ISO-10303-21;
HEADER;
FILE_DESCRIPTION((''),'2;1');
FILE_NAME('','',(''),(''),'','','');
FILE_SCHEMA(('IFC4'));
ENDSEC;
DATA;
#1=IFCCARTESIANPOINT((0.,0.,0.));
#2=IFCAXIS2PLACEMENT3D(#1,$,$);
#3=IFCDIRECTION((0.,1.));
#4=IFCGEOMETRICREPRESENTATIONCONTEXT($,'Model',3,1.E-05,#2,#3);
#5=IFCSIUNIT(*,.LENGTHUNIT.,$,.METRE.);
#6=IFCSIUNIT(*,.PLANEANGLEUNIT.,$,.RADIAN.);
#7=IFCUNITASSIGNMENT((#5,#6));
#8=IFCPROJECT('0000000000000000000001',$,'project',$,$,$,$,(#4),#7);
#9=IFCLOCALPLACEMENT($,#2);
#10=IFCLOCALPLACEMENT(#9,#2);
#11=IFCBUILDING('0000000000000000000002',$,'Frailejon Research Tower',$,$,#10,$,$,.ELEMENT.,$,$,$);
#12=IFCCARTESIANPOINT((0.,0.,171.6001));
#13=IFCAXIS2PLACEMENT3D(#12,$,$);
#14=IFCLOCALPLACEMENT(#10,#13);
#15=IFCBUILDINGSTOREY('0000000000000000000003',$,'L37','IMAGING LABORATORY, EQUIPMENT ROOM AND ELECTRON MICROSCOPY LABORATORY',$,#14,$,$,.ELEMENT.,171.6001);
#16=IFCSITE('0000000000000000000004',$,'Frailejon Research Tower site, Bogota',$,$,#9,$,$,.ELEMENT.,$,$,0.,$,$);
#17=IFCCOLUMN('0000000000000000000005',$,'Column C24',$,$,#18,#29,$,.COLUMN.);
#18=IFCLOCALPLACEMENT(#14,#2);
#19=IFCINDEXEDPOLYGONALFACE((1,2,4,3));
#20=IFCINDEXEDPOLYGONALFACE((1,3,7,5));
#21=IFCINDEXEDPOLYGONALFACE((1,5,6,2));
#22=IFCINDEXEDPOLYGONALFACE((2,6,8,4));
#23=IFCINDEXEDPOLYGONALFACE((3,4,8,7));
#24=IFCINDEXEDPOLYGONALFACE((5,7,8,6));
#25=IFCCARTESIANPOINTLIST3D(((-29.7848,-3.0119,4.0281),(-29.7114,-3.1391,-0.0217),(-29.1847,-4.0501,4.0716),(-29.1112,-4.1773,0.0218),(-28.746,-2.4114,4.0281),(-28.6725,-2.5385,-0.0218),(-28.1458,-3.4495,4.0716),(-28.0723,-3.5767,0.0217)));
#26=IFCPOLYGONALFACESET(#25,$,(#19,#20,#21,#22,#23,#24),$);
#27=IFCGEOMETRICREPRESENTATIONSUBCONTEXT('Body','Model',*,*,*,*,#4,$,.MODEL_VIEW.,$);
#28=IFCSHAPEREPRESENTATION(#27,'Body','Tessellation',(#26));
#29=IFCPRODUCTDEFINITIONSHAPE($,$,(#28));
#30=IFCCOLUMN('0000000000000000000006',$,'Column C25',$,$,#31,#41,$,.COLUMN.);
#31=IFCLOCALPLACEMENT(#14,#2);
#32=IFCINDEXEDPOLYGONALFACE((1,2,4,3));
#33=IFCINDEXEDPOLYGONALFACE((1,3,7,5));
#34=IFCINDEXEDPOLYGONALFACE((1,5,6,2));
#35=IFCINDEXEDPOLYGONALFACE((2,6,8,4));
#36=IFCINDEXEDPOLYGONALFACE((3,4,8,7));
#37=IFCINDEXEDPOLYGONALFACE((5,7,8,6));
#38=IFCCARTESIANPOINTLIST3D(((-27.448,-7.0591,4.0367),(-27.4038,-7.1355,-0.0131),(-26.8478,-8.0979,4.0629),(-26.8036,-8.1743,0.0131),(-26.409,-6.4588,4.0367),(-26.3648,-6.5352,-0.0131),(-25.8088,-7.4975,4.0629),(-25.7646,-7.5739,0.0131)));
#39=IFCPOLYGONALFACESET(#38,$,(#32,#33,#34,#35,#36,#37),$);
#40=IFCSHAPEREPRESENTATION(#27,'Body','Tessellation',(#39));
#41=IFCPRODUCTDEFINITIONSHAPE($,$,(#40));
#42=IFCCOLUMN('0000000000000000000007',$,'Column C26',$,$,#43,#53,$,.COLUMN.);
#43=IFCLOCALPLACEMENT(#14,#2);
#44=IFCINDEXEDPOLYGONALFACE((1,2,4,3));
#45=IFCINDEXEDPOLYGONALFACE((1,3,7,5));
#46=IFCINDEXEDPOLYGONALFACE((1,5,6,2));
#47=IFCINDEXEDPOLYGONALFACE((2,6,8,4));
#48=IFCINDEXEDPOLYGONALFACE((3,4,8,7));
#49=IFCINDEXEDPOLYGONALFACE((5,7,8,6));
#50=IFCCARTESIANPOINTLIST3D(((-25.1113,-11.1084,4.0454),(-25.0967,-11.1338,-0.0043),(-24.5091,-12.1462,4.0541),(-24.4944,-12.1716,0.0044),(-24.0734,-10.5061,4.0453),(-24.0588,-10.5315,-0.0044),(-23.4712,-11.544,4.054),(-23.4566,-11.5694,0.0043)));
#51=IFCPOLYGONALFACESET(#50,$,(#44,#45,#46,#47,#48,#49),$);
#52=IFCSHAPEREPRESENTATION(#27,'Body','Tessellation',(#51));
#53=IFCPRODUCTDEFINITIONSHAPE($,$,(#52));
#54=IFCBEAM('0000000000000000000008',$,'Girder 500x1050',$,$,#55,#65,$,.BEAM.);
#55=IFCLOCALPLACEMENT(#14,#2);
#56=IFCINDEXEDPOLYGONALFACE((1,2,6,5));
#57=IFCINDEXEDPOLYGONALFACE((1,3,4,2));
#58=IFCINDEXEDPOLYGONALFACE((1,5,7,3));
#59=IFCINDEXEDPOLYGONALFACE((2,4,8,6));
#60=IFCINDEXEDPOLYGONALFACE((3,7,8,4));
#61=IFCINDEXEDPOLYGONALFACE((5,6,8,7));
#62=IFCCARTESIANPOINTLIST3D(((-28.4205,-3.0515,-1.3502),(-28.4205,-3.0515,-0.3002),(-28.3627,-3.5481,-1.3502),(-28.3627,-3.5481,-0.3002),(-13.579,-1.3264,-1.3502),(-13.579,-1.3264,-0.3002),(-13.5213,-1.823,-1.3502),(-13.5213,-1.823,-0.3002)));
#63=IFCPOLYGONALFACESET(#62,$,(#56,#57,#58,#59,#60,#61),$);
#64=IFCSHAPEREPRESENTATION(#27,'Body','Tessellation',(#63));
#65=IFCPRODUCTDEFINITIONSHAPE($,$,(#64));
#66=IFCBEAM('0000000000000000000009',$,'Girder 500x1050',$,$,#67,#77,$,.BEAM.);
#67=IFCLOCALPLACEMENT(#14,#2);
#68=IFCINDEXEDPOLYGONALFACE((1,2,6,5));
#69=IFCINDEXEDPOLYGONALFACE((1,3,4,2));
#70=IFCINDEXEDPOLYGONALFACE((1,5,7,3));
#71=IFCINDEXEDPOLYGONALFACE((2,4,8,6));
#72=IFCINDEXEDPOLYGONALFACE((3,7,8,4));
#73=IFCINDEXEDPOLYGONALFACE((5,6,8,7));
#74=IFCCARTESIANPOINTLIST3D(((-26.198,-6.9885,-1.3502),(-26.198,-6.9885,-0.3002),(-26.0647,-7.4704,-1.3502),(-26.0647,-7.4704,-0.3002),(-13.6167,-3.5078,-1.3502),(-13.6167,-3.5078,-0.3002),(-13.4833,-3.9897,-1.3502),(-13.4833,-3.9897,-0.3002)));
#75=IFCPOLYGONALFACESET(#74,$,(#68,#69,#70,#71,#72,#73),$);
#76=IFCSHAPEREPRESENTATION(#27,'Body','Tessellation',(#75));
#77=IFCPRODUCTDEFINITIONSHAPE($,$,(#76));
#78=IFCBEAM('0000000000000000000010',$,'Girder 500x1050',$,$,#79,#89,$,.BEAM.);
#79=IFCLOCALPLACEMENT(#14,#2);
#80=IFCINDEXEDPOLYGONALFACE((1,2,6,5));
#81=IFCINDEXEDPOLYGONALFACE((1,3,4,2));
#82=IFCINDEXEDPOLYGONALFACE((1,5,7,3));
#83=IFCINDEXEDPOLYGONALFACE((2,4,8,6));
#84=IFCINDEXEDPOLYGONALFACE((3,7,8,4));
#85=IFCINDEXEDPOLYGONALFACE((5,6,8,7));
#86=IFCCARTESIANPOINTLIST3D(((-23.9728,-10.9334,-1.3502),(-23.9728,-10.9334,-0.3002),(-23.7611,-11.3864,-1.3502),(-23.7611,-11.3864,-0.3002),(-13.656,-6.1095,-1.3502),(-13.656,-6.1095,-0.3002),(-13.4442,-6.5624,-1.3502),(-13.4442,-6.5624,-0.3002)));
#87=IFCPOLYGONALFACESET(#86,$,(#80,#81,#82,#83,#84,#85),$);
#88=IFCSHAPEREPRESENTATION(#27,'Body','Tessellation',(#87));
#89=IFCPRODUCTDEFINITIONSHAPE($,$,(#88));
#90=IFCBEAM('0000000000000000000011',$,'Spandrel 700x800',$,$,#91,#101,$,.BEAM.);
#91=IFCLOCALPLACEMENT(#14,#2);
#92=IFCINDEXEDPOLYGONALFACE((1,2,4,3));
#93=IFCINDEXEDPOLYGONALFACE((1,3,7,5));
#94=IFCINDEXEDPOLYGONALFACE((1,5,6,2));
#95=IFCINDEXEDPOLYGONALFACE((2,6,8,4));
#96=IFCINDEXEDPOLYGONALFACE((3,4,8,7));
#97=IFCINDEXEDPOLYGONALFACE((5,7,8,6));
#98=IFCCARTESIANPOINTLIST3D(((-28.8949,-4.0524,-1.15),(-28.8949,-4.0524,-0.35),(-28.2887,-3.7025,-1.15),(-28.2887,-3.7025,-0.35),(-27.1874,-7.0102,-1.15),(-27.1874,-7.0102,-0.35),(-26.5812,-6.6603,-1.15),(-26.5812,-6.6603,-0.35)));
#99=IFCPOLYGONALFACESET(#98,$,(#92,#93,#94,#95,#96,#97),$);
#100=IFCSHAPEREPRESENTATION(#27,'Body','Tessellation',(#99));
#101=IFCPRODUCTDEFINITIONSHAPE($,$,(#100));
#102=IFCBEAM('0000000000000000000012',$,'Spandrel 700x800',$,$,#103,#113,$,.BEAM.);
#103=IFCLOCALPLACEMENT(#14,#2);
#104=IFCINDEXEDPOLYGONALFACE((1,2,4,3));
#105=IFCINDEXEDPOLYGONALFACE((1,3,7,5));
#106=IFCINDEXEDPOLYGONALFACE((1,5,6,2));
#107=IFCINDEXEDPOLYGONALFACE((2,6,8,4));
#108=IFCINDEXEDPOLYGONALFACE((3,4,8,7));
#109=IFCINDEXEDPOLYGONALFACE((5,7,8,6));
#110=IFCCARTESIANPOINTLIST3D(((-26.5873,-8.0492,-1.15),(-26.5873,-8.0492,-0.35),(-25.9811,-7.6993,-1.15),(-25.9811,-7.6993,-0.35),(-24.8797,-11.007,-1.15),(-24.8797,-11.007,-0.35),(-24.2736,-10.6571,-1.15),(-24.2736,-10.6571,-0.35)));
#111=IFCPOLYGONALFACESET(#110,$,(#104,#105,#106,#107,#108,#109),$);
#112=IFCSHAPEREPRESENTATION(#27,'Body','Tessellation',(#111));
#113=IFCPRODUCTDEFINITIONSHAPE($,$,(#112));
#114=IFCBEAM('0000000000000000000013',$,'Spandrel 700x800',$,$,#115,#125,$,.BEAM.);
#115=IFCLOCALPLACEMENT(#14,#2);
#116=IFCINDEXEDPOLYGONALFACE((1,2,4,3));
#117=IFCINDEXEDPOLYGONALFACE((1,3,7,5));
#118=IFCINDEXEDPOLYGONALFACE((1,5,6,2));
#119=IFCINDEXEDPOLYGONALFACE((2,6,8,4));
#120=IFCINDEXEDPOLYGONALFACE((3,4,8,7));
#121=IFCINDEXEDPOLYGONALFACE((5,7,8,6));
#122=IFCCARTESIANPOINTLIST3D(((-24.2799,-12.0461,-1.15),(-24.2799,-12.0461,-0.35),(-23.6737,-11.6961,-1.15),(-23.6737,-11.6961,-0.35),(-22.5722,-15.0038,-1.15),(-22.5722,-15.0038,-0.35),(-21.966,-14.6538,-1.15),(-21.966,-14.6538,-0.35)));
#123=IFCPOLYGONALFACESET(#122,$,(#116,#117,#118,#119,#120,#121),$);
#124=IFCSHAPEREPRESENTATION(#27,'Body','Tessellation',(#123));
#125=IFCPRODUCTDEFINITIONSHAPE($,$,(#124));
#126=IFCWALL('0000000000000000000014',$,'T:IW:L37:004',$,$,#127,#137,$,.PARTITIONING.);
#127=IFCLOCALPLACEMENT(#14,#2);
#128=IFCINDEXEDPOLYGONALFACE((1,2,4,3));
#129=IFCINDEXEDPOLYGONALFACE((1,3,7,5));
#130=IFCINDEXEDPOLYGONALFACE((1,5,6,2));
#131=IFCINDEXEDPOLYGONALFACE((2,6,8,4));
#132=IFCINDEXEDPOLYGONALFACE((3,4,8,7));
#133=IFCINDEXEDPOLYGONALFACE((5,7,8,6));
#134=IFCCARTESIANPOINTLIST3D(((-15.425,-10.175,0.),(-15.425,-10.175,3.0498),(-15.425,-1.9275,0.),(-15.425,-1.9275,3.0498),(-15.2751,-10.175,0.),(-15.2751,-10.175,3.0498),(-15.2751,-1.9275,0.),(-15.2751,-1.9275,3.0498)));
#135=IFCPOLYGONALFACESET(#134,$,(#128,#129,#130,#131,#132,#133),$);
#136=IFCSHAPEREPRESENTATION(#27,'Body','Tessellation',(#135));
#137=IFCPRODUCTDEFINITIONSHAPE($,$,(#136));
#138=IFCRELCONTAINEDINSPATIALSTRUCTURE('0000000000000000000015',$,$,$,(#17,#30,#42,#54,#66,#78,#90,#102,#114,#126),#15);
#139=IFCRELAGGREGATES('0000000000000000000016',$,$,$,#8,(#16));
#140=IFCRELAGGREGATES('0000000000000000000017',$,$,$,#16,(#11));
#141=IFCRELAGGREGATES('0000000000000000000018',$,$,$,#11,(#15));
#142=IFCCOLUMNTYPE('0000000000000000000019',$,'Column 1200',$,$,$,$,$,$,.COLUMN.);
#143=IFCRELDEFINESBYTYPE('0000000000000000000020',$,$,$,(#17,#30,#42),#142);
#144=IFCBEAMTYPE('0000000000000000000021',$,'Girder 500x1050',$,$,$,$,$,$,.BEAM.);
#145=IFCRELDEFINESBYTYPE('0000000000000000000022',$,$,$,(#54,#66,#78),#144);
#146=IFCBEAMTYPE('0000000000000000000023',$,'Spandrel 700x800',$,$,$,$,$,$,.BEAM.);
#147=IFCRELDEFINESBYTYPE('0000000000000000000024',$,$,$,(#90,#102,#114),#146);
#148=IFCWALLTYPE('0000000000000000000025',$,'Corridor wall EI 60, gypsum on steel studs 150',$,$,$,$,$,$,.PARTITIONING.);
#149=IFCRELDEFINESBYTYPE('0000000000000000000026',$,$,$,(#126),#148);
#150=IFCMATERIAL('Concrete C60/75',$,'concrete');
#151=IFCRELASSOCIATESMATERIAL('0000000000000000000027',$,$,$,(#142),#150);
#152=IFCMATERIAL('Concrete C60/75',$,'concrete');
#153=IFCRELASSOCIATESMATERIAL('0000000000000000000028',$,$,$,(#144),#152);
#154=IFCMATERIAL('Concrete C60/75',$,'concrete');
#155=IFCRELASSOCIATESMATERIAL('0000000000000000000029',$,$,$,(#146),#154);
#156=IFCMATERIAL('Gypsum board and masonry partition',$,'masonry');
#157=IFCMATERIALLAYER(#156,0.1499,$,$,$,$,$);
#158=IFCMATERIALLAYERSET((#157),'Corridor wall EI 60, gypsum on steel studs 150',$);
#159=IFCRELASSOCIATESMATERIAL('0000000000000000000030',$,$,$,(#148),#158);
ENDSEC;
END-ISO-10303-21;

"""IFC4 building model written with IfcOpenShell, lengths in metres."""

from ifc_helpers import new_model, si_unit, direction, frame, frame_2d, origin, origin_2d, place, context, subcontext, project, spatial, rectangle, extrude, material, layer, layer_set, material_profile, profile_set, type_object, element, save


model = new_model("IFC4")

# Units and contexts
model_context = context("Model", 3, precision=1e-05, world=origin(), true_north=direction((0.0, 1.0)))
body_context = subcontext(model_context, "Body", "Model", "MODEL_VIEW")
ifc_project = project(units=[si_unit("LENGTHUNIT", "METRE"), si_unit("PLANEANGLEUNIT", "RADIAN")], contexts=[model_context])

# Site, building, storey
site_placement = place(None, origin())
site = spatial("IfcSite", under=ifc_project, at=site_placement, Name="Frailejon Research Tower site, Bogota", CompositionType="ELEMENT", RefElevation=0.0)
building_placement = place(site_placement, origin())
building = spatial("IfcBuilding", under=site, at=building_placement, Name="Frailejon Research Tower", CompositionType="ELEMENT")
storey_placement = place(building_placement, frame((0.0, 0.0, 171.6001)))
storey = spatial("IfcBuildingStorey", under=building, at=storey_placement, Name="L37", Description="IMAGING LABORATORY, EQUIPMENT ROOM AND ELECTRON MICROSCOPY LABORATORY", CompositionType="ELEMENT", Elevation=171.6001)

# Columns
ifc_material_1 = material(Name="Concrete C60/75", Category="concrete")
ifc_material_profile_1 = material_profile(ifc_material_1, rectangle(XDim=1.2, YDim=1.2, at=origin_2d()), Name="Column 1200")
ifc_profile_set_1 = profile_set([ifc_material_profile_1], Name="Concrete C60/75")
column_type = type_object("IfcColumnType", Name="Column 1200", PredefinedType="COLUMN", material=ifc_profile_set_1)
column_1_placement = place(storey_placement, frame((-28.8918, -3.3579, 0.0), z_axis=(-0.018134, 0.031388, 0.999343), x_axis=(0.500145, -0.865183, 0.036249)))
element("IfcColumn", 1, at=column_1_placement, inside=storey, type_object=column_type, Name="Column C24", PredefinedType="COLUMN", context=body_context, shape_type="SweptSolid", body=[
    extrude(rectangle(XDim=1.2, YDim=1.2, at=origin_2d()), origin(), (0.0, 0.0, 1.0), 4.0525),
])
column_2_placement = place(storey_placement, frame((-26.5842, -7.3547, 0.0), z_axis=(-0.010909, 0.018865, 0.999763), x_axis=(0.500187, -0.865643, 0.021792)))
element("IfcColumn", 2, at=column_2_placement, inside=storey, type_object=column_type, Name="Column C25", PredefinedType="COLUMN", context=body_context, shape_type="SweptSolid", body=[
    extrude(rectangle(XDim=1.2, YDim=1.2, at=origin_2d()), origin(), (0.0, 0.0, 1.0), 4.0508),
])
column_3_placement = place(storey_placement, frame((-24.2766, -11.3516, 0.0), z_axis=(-0.003617, 0.006269, 0.999974), x_axis=(0.501883, -0.864905, 0.007238)))
element("IfcColumn", 3, at=column_3_placement, inside=storey, type_object=column_type, Name="Column C26", PredefinedType="COLUMN", context=body_context, shape_type="SweptSolid", body=[
    extrude(rectangle(XDim=1.2, YDim=1.2, at=origin_2d()), origin(), (0.0, 0.0, 1.0), 4.0498),
])

# Beams
ifc_material_2 = material(Name="Concrete C60/75", Category="concrete")
ifc_material_profile_2 = material_profile(ifc_material_2, rectangle(XDim=0.5, YDim=1.05, at=origin_2d()), Name="Girder 500x1050")
ifc_profile_set_2 = profile_set([ifc_material_profile_2], Name="Concrete C60/75")
beam_type_1 = type_object("IfcBeamType", Name="Girder 500x1050", PredefinedType="BEAM", material=ifc_profile_set_2)
beam_1_placement = place(storey_placement, frame((-28.3916, -3.2998, -0.8252), z_axis=(0.993312, 0.115457, 0.0), x_axis=(-0.115457, 0.993312, 0.0)))
element("IfcBeam", 4, at=beam_1_placement, inside=storey, type_object=beam_type_1, Name="Girder 500x1050", PredefinedType="BEAM", context=body_context, shape_type="SweptSolid", body=[
    extrude(rectangle(XDim=0.5, YDim=1.05, at=origin_2d()), origin(), (0.0, 0.0, 1.0), 14.9414),
])
beam_2_placement = place(storey_placement, frame((-26.1313, -7.2295, -0.8252), z_axis=(0.963796, 0.266642, 0.0), x_axis=(-0.266642, 0.963796, 0.0)))
element("IfcBeam", 5, at=beam_2_placement, inside=storey, type_object=beam_type_1, Name="Girder 500x1050", PredefinedType="BEAM", context=body_context, shape_type="SweptSolid", body=[
    extrude(rectangle(XDim=0.5, YDim=1.05, at=origin_2d()), origin(), (0.0, 0.0, 1.0), 13.054),
])
beam_3_placement = place(storey_placement, frame((-23.8669, -11.1599, -0.8252), z_axis=(0.905866, 0.423565, 0.0), x_axis=(-0.423565, 0.905866, 0.0)))
element("IfcBeam", 6, at=beam_3_placement, inside=storey, type_object=beam_type_1, Name="Girder 500x1050", PredefinedType="BEAM", context=body_context, shape_type="SweptSolid", body=[
    extrude(rectangle(XDim=0.5, YDim=1.05, at=origin_2d()), origin(), (0.0, 0.0, 1.0), 11.3889),
])
ifc_material_3 = material(Name="Concrete C60/75", Category="concrete")
ifc_material_profile_3 = material_profile(ifc_material_3, rectangle(XDim=0.7, YDim=0.8, at=origin_2d()), Name="Spandrel 700x800")
ifc_profile_set_3 = profile_set([ifc_material_profile_3], Name="Concrete C60/75")
beam_type_2 = type_object("IfcBeamType", Name="Spandrel 700x800", PredefinedType="BEAM", material=ifc_profile_set_3)
for number, where, z_axis, x_axis, name in (
    (7, (-28.5918, -3.8774, -0.75), (0.499968, -0.866044, 0.0), (0.866044, 0.499968, 0.0), "Spandrel 700x800"),
    (8, (-26.2842, -7.8743, -0.75), (0.499968, -0.866044, 0.0), (0.866044, 0.499968, 0.0), "Spandrel 700x800"),
    (9, (-23.9768, -11.8711, -0.75), (0.500022, -0.866013, 0.0), (0.866013, 0.500022, 0.0), "Spandrel 700x800"),
):
    element("IfcBeam", number, at=place(storey_placement, frame(where, z_axis=z_axis, x_axis=x_axis)), inside=storey, type_object=beam_type_2, Name=name, PredefinedType="BEAM", context=body_context, shape_type="SweptSolid", body=[
        extrude(rectangle(XDim=0.7, YDim=0.8, at=origin_2d()), origin(), (0.0, 0.0, 1.0), 3.4153),
    ])

# Wall
ifc_material_4 = material(Name="Gypsum board and masonry partition", Category="masonry")
ifc_layer_1 = layer(ifc_material_4, 0.1499)
ifc_layer_set_1 = layer_set([ifc_layer_1], Name="Corridor wall EI 60, gypsum on steel studs 150")
wall_type_1 = type_object("IfcWallType", Name="Corridor wall EI 60, gypsum on steel studs 150", PredefinedType="PARTITIONING", material=ifc_layer_set_1)
wall_1_placement = place(storey_placement, frame((-15.3501, -10.175, 0.0), z_axis=(0.0, 0.0, 1.0), x_axis=(0.0, 1.0, 0.0)))
element("IfcWall", 10, at=wall_1_placement, inside=storey, type_object=wall_type_1, Name="T:IW:L37:004", PredefinedType="PARTITIONING", context=body_context, shape_type="SweptSolid", body=[
    extrude(rectangle(XDim=8.2476, YDim=0.1499, at=frame_2d((4.1238, 0.0))), origin(), (0.0, 0.0, 1.0), 3.0498),
])

save(model, "model.ifc")
